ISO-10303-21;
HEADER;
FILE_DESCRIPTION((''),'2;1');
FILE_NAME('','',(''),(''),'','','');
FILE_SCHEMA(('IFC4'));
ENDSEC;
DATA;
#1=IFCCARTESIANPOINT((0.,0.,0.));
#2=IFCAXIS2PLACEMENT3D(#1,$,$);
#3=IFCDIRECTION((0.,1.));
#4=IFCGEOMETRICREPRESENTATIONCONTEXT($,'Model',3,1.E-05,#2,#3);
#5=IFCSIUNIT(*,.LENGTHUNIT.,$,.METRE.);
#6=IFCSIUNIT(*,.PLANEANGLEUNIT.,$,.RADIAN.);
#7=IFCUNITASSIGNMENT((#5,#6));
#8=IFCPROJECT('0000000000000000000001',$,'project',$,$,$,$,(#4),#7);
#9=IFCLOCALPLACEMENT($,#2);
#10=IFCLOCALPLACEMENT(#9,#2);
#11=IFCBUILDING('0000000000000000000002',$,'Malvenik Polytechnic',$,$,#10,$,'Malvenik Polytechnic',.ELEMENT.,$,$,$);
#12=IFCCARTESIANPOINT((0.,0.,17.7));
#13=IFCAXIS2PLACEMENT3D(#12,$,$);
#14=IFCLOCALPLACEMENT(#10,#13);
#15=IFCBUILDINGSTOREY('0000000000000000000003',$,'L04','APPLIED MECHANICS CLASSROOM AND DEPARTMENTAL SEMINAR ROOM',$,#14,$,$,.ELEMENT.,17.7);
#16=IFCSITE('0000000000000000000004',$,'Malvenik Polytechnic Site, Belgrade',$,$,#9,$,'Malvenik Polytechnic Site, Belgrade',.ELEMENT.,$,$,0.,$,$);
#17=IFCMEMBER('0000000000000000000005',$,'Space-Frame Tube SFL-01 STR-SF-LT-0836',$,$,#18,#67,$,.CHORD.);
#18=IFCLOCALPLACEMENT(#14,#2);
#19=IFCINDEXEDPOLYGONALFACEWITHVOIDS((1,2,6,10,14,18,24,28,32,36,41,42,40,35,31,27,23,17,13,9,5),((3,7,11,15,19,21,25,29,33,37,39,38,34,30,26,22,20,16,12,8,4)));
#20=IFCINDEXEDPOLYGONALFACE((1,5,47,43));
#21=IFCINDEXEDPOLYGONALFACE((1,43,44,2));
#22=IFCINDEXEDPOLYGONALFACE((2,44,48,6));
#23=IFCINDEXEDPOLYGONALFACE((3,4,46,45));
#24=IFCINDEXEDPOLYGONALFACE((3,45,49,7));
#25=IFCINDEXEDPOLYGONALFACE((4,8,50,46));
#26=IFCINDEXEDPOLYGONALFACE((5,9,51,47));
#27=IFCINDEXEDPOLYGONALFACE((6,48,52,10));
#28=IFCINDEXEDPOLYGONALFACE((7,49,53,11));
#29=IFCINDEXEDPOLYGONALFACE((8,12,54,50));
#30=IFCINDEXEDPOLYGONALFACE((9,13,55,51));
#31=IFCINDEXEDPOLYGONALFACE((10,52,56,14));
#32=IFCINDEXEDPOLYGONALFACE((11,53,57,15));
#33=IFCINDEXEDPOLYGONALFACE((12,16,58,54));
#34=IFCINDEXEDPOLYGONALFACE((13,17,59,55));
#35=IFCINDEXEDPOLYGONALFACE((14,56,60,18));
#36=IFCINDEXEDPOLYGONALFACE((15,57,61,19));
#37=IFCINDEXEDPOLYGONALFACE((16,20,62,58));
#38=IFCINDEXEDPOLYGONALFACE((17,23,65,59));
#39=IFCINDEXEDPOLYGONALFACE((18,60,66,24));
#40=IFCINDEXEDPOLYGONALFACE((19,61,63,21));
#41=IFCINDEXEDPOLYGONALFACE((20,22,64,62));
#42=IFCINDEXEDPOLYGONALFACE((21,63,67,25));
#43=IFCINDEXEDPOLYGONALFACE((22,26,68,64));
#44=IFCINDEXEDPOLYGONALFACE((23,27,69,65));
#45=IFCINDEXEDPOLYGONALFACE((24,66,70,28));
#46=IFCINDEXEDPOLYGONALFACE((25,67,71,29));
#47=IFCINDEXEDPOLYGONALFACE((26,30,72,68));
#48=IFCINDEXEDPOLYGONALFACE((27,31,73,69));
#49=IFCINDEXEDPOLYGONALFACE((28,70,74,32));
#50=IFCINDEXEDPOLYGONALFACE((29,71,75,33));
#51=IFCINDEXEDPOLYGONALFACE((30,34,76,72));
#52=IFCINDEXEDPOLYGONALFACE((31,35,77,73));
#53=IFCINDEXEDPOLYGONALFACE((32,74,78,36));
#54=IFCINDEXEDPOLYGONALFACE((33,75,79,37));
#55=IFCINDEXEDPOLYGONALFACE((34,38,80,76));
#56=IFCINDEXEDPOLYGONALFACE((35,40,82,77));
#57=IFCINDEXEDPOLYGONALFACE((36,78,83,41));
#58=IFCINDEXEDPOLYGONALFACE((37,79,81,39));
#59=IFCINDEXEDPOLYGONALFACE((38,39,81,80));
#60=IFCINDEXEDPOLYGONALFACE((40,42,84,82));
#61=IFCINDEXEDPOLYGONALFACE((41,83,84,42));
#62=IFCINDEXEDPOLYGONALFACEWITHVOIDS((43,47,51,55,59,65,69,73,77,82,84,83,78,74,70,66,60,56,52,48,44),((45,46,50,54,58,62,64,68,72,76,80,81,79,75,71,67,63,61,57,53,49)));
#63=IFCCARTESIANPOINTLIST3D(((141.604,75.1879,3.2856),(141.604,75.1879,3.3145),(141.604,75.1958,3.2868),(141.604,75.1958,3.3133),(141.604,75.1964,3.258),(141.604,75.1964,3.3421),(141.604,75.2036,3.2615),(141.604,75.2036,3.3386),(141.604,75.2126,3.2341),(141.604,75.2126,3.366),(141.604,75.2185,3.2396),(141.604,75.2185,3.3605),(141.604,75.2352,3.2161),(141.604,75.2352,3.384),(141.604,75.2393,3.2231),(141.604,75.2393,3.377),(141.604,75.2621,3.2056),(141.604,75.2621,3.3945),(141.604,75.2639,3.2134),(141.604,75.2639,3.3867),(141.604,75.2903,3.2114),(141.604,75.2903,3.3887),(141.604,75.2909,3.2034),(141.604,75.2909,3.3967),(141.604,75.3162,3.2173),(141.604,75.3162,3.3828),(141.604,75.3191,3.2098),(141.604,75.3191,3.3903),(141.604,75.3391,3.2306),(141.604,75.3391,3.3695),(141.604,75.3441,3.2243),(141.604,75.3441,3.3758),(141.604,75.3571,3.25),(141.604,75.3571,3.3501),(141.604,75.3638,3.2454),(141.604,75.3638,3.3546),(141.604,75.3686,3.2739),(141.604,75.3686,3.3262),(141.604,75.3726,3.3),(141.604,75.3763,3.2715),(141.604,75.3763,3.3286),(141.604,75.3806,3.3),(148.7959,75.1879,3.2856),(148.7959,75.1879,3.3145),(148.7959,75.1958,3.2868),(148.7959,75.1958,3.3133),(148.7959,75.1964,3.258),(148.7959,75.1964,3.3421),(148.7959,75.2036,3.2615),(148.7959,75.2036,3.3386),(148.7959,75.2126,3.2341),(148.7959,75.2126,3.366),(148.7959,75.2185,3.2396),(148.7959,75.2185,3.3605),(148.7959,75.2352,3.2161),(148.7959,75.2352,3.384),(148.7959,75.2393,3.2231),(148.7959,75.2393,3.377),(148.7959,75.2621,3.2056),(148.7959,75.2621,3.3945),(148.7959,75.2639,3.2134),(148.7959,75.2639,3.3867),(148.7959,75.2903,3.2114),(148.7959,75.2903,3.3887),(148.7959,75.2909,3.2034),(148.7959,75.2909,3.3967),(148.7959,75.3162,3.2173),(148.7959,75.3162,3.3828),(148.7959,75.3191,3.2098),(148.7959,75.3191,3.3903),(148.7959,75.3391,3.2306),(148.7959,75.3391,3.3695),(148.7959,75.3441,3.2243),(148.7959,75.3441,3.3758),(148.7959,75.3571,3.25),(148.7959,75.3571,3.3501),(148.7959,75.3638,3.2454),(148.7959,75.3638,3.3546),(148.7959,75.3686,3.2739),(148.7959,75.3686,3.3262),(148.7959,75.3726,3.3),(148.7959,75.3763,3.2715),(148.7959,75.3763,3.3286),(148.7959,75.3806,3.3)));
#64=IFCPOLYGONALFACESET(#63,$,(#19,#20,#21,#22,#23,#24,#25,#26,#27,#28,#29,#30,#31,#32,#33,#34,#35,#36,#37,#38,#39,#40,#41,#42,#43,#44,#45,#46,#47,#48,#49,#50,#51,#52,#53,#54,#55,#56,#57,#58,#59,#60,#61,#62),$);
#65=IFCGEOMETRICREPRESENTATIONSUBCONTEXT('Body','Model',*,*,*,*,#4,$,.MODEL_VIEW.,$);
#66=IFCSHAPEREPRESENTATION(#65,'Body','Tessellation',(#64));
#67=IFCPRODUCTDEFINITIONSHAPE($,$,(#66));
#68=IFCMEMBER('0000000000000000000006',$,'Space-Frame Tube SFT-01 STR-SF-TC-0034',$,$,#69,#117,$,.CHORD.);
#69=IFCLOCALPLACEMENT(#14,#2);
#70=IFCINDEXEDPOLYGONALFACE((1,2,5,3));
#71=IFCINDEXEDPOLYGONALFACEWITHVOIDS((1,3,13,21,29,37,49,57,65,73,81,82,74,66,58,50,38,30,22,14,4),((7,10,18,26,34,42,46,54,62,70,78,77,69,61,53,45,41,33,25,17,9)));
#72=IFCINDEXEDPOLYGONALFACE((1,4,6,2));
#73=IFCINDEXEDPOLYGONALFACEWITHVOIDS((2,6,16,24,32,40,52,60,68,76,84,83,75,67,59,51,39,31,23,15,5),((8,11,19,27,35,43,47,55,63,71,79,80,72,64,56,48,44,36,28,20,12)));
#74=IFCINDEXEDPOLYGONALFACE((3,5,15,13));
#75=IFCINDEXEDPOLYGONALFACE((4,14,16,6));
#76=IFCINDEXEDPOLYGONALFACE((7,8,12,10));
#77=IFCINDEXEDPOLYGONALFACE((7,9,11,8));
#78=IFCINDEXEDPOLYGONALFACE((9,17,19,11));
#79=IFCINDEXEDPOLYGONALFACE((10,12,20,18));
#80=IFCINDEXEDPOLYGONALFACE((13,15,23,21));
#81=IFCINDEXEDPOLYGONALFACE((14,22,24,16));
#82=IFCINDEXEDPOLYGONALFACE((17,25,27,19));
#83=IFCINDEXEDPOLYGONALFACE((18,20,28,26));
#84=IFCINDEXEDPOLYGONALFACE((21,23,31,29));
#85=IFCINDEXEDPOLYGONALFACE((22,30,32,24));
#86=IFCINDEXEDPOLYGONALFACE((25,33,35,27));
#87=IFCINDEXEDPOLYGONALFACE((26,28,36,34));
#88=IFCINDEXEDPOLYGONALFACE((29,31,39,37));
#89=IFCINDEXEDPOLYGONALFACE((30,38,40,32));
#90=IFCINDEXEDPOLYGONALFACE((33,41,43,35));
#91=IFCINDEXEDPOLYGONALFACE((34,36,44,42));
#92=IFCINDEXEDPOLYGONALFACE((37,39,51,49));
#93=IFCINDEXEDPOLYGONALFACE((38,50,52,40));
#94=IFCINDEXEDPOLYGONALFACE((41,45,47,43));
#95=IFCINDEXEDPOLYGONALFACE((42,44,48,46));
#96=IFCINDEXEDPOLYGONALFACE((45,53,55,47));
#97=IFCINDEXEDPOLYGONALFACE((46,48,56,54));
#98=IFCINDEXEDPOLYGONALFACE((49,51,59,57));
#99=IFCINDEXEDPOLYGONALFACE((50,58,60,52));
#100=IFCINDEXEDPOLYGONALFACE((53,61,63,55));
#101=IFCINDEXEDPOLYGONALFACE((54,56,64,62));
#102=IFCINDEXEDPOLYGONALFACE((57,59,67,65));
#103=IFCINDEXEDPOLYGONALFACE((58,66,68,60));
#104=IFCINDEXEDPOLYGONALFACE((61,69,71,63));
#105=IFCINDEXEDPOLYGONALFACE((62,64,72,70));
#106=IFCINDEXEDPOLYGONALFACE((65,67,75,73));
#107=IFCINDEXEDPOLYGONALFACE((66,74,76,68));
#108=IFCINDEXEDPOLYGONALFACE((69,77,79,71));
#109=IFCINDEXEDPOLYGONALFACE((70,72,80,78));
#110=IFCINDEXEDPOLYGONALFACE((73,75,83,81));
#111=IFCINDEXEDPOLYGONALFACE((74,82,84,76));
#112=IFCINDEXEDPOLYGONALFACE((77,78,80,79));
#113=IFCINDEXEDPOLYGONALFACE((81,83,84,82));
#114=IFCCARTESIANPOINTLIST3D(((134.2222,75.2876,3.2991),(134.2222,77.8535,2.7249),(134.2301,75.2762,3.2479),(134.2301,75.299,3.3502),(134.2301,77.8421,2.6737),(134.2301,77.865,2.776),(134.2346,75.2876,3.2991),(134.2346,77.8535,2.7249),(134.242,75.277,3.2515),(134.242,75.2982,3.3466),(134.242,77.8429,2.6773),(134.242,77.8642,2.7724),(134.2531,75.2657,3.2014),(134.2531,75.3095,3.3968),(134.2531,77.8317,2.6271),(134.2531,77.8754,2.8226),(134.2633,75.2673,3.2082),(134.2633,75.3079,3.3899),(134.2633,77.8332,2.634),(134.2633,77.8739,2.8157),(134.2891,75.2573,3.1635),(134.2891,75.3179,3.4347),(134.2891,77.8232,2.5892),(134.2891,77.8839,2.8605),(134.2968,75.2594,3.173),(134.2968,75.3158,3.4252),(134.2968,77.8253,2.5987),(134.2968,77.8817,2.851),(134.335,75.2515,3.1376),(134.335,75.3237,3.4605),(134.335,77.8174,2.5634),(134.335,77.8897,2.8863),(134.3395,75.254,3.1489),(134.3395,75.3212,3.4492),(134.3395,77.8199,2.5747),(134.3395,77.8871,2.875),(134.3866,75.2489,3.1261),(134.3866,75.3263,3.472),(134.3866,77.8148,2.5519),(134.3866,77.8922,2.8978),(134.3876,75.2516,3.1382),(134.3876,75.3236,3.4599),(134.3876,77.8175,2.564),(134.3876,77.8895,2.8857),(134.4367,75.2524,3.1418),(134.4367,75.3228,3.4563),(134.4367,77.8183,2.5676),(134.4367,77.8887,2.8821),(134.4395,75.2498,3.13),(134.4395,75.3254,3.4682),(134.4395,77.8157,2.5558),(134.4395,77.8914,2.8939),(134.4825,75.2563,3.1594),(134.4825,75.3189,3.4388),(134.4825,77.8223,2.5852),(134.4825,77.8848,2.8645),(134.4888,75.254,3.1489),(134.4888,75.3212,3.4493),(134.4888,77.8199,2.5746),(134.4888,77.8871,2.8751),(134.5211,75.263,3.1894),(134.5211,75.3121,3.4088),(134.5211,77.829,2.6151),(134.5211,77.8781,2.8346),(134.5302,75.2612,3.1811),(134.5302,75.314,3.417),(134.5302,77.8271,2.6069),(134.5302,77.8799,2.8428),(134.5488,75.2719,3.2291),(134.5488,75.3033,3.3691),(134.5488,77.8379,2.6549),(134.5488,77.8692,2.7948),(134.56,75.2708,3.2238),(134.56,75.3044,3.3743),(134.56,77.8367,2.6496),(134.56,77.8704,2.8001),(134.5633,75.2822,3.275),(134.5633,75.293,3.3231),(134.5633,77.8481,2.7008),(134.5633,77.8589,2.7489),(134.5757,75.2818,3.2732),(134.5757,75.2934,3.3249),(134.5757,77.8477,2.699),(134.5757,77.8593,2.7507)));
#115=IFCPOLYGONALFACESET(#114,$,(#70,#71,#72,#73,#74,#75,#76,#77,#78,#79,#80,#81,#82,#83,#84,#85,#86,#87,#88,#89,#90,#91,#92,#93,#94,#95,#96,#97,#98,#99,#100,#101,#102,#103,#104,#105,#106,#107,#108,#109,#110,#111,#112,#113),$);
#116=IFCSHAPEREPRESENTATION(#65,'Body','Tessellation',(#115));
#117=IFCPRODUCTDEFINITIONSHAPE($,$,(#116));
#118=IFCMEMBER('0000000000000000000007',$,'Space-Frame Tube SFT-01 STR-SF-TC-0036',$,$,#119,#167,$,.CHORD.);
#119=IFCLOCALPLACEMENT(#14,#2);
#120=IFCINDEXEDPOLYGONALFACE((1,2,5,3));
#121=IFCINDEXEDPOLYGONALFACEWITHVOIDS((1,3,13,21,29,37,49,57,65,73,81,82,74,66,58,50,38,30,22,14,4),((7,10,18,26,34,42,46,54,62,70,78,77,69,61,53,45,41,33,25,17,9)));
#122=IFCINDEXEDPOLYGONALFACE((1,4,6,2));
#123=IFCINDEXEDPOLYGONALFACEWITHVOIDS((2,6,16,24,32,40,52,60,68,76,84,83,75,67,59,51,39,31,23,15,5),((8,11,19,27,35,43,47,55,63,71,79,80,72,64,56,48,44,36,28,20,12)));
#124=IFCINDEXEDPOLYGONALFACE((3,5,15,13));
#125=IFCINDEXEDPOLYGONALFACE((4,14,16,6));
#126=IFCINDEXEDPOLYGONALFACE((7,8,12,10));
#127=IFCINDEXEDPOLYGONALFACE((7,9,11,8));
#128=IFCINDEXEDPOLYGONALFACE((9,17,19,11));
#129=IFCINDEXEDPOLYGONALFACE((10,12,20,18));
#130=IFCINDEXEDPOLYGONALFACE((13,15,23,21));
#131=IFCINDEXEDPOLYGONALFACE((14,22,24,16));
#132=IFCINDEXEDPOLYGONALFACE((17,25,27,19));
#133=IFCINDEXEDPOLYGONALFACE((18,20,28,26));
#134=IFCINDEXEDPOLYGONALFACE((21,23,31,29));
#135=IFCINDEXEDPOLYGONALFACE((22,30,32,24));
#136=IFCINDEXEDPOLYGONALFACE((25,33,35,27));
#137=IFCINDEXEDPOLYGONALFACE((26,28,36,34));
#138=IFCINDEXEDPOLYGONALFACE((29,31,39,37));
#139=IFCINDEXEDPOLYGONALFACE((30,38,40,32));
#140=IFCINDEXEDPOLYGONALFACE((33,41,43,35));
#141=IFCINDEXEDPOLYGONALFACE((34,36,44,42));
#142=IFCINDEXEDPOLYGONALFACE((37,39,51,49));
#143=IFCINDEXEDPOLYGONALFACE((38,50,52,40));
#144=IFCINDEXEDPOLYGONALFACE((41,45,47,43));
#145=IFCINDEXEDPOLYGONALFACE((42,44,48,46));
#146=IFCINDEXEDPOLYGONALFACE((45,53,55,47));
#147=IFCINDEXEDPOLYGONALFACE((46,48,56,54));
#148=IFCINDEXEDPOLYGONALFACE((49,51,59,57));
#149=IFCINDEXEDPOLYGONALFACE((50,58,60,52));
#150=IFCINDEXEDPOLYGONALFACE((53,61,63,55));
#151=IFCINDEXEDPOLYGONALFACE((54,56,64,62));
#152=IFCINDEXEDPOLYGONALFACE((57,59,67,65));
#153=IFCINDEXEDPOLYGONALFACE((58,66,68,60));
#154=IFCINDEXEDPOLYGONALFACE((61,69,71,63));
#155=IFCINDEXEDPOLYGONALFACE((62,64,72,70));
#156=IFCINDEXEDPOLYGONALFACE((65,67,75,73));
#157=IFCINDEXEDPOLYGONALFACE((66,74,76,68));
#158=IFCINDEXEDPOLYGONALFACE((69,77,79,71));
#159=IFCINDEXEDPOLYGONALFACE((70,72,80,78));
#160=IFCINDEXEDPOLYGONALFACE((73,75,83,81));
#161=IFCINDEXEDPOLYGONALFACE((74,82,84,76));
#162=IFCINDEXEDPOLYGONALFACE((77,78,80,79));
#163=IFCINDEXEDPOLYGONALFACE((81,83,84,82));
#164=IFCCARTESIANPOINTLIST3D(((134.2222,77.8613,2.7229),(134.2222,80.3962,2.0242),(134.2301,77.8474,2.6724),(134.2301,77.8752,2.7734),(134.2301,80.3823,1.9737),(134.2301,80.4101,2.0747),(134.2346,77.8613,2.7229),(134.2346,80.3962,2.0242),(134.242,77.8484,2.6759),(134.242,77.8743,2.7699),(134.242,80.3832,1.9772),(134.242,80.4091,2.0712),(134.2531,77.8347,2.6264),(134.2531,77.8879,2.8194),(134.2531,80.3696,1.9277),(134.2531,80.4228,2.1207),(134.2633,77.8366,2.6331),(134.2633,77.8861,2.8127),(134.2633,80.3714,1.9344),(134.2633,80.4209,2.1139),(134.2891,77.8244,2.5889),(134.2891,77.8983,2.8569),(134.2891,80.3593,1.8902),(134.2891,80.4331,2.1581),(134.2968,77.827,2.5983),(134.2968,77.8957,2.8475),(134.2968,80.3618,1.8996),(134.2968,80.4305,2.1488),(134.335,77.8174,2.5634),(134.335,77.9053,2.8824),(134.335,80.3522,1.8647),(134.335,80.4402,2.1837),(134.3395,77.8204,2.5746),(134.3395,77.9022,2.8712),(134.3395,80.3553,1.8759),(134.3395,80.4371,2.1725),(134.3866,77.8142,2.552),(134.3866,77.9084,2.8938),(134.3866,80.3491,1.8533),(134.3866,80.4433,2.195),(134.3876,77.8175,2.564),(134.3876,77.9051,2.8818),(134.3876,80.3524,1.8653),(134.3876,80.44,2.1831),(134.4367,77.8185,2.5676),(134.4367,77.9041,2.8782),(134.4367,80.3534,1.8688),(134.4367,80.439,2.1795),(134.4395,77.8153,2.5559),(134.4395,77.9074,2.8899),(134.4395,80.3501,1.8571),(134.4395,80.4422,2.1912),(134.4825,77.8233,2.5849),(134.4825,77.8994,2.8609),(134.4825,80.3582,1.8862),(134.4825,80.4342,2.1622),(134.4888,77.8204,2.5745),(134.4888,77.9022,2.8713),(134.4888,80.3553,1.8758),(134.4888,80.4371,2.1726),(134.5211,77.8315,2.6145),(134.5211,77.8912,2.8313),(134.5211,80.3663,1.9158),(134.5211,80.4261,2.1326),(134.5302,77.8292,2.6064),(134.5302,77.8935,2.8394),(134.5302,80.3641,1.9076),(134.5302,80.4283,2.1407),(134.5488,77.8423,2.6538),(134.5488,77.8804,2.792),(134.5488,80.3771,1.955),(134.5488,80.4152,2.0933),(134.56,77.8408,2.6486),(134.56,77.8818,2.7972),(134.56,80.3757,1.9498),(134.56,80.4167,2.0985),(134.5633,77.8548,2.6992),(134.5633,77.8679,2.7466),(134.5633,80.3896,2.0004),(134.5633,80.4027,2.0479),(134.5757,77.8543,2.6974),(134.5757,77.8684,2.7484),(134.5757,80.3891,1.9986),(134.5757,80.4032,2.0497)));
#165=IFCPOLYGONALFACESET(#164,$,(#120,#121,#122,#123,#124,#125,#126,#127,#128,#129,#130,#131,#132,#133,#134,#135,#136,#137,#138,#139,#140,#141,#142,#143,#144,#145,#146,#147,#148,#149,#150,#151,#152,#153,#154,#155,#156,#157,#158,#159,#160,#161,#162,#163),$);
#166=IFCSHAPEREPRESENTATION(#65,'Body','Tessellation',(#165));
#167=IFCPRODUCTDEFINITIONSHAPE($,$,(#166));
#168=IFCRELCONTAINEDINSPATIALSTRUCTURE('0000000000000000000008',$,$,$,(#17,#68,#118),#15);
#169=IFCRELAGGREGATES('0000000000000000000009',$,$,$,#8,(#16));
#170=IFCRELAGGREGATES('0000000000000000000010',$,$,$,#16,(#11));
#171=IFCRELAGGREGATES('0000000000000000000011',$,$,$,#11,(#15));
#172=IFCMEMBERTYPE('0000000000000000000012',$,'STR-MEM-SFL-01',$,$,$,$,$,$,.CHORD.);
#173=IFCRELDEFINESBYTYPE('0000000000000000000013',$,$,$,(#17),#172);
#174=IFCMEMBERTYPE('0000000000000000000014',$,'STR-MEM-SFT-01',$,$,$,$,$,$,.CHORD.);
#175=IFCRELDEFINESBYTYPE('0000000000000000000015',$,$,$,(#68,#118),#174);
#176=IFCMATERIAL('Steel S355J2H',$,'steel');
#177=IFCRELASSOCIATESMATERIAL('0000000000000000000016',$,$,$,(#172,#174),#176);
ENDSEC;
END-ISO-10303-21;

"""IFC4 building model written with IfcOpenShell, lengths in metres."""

from ifc_helpers import new_model, si_unit, direction, frame, origin, origin_2d, place, context, subcontext, project, spatial, hollow_circle, extrude, material, material_profile, profile_set, type_object, element, save


model = new_model("IFC4")

# Units and contexts
model_context = context("Model", 3, precision=1e-05, world=origin(), true_north=direction((0.0, 1.0)))
body_context = subcontext(model_context, "Body", "Model", "MODEL_VIEW")
ifc_project = project(units=[si_unit("LENGTHUNIT", "METRE"), si_unit("PLANEANGLEUNIT", "RADIAN")], contexts=[model_context])

# Site, building, storey
site_placement = place(None, origin())
site = spatial("IfcSite", under=ifc_project, at=site_placement, Name="Malvenik Polytechnic Site, Belgrade", LongName="Malvenik Polytechnic Site, Belgrade", CompositionType="ELEMENT", RefElevation=0.0)
building_placement = place(site_placement, origin())
building = spatial("IfcBuilding", under=site, at=building_placement, Name="Malvenik Polytechnic", LongName="Malvenik Polytechnic", CompositionType="ELEMENT")
storey_placement = place(building_placement, frame((0.0, 0.0, 17.7)))
storey = spatial("IfcBuildingStorey", under=building, at=storey_placement, Name="L04", Description="APPLIED MECHANICS CLASSROOM AND DEPARTMENTAL SEMINAR ROOM", CompositionType="ELEMENT", Elevation=17.7)

# Members
ifc_material = material(Name="Steel S355J2H", Category="steel")
ifc_material_profile_1 = material_profile(ifc_material, hollow_circle(Radius=0.0969, WallThickness=0.0081, at=origin_2d()), Name="CHS 193.7x8.0")
ifc_profile_set_1 = profile_set([ifc_material_profile_1], Name="Steel S355J2H")
member_type_1 = type_object("IfcMemberType", Name="STR-MEM-SFL-01", PredefinedType="CHORD", material=ifc_profile_set_1)
for number, where, z_axis, x_axis, name in (
    (1, (141.604, 75.2837, 3.3), (1.0, 0.0, 0.0), (0.0, 1.0, 0.0), "Space-Frame Tube SFL-01 STR-SF-LT-0836"),
):
    element("IfcMember", number, at=place(storey_placement, frame(where, z_axis=z_axis, x_axis=x_axis)), inside=storey, type_object=member_type_1, Name=name, PredefinedType="CHORD", context=body_context, shape_type="SweptSolid", body=[
        extrude(hollow_circle(Radius=0.0969, WallThickness=0.0081, at=origin_2d()), origin(), (0.0, 0.0, 1.0), 7.1919),
    ])
ifc_material_profile_2 = material_profile(ifc_material, hollow_circle(Radius=0.1777, WallThickness=0.0125, at=origin_2d()), Name="CHS 355.6x12.5")
ifc_profile_set_2 = profile_set([ifc_material_profile_2], Name="Steel S355J2H")
member_type_2 = type_object("IfcMemberType", Name="STR-MEM-SFT-01", PredefinedType="CHORD", material=ifc_profile_set_2)
for number, where, z_axis, x_axis, name in (
    (2, (134.3999, 75.2876, 3.2991), (0.0, 0.975863, -0.218385), (-1.0, 0.0, 0.0), "Space-Frame Tube SFT-01 STR-SF-TC-0034"),
    (3, (134.3999, 77.8613, 2.7229), (0.0, 0.964047, -0.265733), (-1.0, 0.0, 0.0), "Space-Frame Tube SFT-01 STR-SF-TC-0036"),
):
    element("IfcMember", number, at=place(storey_placement, frame(where, z_axis=z_axis, x_axis=x_axis)), inside=storey, type_object=member_type_2, Name=name, PredefinedType="CHORD", context=body_context, shape_type="SweptSolid", body=[
        extrude(hollow_circle(Radius=0.1777, WallThickness=0.0125, at=origin_2d()), origin(), (0.0, 0.0, 1.0), 2.6294),
    ])

save(model, "model.ifc")
